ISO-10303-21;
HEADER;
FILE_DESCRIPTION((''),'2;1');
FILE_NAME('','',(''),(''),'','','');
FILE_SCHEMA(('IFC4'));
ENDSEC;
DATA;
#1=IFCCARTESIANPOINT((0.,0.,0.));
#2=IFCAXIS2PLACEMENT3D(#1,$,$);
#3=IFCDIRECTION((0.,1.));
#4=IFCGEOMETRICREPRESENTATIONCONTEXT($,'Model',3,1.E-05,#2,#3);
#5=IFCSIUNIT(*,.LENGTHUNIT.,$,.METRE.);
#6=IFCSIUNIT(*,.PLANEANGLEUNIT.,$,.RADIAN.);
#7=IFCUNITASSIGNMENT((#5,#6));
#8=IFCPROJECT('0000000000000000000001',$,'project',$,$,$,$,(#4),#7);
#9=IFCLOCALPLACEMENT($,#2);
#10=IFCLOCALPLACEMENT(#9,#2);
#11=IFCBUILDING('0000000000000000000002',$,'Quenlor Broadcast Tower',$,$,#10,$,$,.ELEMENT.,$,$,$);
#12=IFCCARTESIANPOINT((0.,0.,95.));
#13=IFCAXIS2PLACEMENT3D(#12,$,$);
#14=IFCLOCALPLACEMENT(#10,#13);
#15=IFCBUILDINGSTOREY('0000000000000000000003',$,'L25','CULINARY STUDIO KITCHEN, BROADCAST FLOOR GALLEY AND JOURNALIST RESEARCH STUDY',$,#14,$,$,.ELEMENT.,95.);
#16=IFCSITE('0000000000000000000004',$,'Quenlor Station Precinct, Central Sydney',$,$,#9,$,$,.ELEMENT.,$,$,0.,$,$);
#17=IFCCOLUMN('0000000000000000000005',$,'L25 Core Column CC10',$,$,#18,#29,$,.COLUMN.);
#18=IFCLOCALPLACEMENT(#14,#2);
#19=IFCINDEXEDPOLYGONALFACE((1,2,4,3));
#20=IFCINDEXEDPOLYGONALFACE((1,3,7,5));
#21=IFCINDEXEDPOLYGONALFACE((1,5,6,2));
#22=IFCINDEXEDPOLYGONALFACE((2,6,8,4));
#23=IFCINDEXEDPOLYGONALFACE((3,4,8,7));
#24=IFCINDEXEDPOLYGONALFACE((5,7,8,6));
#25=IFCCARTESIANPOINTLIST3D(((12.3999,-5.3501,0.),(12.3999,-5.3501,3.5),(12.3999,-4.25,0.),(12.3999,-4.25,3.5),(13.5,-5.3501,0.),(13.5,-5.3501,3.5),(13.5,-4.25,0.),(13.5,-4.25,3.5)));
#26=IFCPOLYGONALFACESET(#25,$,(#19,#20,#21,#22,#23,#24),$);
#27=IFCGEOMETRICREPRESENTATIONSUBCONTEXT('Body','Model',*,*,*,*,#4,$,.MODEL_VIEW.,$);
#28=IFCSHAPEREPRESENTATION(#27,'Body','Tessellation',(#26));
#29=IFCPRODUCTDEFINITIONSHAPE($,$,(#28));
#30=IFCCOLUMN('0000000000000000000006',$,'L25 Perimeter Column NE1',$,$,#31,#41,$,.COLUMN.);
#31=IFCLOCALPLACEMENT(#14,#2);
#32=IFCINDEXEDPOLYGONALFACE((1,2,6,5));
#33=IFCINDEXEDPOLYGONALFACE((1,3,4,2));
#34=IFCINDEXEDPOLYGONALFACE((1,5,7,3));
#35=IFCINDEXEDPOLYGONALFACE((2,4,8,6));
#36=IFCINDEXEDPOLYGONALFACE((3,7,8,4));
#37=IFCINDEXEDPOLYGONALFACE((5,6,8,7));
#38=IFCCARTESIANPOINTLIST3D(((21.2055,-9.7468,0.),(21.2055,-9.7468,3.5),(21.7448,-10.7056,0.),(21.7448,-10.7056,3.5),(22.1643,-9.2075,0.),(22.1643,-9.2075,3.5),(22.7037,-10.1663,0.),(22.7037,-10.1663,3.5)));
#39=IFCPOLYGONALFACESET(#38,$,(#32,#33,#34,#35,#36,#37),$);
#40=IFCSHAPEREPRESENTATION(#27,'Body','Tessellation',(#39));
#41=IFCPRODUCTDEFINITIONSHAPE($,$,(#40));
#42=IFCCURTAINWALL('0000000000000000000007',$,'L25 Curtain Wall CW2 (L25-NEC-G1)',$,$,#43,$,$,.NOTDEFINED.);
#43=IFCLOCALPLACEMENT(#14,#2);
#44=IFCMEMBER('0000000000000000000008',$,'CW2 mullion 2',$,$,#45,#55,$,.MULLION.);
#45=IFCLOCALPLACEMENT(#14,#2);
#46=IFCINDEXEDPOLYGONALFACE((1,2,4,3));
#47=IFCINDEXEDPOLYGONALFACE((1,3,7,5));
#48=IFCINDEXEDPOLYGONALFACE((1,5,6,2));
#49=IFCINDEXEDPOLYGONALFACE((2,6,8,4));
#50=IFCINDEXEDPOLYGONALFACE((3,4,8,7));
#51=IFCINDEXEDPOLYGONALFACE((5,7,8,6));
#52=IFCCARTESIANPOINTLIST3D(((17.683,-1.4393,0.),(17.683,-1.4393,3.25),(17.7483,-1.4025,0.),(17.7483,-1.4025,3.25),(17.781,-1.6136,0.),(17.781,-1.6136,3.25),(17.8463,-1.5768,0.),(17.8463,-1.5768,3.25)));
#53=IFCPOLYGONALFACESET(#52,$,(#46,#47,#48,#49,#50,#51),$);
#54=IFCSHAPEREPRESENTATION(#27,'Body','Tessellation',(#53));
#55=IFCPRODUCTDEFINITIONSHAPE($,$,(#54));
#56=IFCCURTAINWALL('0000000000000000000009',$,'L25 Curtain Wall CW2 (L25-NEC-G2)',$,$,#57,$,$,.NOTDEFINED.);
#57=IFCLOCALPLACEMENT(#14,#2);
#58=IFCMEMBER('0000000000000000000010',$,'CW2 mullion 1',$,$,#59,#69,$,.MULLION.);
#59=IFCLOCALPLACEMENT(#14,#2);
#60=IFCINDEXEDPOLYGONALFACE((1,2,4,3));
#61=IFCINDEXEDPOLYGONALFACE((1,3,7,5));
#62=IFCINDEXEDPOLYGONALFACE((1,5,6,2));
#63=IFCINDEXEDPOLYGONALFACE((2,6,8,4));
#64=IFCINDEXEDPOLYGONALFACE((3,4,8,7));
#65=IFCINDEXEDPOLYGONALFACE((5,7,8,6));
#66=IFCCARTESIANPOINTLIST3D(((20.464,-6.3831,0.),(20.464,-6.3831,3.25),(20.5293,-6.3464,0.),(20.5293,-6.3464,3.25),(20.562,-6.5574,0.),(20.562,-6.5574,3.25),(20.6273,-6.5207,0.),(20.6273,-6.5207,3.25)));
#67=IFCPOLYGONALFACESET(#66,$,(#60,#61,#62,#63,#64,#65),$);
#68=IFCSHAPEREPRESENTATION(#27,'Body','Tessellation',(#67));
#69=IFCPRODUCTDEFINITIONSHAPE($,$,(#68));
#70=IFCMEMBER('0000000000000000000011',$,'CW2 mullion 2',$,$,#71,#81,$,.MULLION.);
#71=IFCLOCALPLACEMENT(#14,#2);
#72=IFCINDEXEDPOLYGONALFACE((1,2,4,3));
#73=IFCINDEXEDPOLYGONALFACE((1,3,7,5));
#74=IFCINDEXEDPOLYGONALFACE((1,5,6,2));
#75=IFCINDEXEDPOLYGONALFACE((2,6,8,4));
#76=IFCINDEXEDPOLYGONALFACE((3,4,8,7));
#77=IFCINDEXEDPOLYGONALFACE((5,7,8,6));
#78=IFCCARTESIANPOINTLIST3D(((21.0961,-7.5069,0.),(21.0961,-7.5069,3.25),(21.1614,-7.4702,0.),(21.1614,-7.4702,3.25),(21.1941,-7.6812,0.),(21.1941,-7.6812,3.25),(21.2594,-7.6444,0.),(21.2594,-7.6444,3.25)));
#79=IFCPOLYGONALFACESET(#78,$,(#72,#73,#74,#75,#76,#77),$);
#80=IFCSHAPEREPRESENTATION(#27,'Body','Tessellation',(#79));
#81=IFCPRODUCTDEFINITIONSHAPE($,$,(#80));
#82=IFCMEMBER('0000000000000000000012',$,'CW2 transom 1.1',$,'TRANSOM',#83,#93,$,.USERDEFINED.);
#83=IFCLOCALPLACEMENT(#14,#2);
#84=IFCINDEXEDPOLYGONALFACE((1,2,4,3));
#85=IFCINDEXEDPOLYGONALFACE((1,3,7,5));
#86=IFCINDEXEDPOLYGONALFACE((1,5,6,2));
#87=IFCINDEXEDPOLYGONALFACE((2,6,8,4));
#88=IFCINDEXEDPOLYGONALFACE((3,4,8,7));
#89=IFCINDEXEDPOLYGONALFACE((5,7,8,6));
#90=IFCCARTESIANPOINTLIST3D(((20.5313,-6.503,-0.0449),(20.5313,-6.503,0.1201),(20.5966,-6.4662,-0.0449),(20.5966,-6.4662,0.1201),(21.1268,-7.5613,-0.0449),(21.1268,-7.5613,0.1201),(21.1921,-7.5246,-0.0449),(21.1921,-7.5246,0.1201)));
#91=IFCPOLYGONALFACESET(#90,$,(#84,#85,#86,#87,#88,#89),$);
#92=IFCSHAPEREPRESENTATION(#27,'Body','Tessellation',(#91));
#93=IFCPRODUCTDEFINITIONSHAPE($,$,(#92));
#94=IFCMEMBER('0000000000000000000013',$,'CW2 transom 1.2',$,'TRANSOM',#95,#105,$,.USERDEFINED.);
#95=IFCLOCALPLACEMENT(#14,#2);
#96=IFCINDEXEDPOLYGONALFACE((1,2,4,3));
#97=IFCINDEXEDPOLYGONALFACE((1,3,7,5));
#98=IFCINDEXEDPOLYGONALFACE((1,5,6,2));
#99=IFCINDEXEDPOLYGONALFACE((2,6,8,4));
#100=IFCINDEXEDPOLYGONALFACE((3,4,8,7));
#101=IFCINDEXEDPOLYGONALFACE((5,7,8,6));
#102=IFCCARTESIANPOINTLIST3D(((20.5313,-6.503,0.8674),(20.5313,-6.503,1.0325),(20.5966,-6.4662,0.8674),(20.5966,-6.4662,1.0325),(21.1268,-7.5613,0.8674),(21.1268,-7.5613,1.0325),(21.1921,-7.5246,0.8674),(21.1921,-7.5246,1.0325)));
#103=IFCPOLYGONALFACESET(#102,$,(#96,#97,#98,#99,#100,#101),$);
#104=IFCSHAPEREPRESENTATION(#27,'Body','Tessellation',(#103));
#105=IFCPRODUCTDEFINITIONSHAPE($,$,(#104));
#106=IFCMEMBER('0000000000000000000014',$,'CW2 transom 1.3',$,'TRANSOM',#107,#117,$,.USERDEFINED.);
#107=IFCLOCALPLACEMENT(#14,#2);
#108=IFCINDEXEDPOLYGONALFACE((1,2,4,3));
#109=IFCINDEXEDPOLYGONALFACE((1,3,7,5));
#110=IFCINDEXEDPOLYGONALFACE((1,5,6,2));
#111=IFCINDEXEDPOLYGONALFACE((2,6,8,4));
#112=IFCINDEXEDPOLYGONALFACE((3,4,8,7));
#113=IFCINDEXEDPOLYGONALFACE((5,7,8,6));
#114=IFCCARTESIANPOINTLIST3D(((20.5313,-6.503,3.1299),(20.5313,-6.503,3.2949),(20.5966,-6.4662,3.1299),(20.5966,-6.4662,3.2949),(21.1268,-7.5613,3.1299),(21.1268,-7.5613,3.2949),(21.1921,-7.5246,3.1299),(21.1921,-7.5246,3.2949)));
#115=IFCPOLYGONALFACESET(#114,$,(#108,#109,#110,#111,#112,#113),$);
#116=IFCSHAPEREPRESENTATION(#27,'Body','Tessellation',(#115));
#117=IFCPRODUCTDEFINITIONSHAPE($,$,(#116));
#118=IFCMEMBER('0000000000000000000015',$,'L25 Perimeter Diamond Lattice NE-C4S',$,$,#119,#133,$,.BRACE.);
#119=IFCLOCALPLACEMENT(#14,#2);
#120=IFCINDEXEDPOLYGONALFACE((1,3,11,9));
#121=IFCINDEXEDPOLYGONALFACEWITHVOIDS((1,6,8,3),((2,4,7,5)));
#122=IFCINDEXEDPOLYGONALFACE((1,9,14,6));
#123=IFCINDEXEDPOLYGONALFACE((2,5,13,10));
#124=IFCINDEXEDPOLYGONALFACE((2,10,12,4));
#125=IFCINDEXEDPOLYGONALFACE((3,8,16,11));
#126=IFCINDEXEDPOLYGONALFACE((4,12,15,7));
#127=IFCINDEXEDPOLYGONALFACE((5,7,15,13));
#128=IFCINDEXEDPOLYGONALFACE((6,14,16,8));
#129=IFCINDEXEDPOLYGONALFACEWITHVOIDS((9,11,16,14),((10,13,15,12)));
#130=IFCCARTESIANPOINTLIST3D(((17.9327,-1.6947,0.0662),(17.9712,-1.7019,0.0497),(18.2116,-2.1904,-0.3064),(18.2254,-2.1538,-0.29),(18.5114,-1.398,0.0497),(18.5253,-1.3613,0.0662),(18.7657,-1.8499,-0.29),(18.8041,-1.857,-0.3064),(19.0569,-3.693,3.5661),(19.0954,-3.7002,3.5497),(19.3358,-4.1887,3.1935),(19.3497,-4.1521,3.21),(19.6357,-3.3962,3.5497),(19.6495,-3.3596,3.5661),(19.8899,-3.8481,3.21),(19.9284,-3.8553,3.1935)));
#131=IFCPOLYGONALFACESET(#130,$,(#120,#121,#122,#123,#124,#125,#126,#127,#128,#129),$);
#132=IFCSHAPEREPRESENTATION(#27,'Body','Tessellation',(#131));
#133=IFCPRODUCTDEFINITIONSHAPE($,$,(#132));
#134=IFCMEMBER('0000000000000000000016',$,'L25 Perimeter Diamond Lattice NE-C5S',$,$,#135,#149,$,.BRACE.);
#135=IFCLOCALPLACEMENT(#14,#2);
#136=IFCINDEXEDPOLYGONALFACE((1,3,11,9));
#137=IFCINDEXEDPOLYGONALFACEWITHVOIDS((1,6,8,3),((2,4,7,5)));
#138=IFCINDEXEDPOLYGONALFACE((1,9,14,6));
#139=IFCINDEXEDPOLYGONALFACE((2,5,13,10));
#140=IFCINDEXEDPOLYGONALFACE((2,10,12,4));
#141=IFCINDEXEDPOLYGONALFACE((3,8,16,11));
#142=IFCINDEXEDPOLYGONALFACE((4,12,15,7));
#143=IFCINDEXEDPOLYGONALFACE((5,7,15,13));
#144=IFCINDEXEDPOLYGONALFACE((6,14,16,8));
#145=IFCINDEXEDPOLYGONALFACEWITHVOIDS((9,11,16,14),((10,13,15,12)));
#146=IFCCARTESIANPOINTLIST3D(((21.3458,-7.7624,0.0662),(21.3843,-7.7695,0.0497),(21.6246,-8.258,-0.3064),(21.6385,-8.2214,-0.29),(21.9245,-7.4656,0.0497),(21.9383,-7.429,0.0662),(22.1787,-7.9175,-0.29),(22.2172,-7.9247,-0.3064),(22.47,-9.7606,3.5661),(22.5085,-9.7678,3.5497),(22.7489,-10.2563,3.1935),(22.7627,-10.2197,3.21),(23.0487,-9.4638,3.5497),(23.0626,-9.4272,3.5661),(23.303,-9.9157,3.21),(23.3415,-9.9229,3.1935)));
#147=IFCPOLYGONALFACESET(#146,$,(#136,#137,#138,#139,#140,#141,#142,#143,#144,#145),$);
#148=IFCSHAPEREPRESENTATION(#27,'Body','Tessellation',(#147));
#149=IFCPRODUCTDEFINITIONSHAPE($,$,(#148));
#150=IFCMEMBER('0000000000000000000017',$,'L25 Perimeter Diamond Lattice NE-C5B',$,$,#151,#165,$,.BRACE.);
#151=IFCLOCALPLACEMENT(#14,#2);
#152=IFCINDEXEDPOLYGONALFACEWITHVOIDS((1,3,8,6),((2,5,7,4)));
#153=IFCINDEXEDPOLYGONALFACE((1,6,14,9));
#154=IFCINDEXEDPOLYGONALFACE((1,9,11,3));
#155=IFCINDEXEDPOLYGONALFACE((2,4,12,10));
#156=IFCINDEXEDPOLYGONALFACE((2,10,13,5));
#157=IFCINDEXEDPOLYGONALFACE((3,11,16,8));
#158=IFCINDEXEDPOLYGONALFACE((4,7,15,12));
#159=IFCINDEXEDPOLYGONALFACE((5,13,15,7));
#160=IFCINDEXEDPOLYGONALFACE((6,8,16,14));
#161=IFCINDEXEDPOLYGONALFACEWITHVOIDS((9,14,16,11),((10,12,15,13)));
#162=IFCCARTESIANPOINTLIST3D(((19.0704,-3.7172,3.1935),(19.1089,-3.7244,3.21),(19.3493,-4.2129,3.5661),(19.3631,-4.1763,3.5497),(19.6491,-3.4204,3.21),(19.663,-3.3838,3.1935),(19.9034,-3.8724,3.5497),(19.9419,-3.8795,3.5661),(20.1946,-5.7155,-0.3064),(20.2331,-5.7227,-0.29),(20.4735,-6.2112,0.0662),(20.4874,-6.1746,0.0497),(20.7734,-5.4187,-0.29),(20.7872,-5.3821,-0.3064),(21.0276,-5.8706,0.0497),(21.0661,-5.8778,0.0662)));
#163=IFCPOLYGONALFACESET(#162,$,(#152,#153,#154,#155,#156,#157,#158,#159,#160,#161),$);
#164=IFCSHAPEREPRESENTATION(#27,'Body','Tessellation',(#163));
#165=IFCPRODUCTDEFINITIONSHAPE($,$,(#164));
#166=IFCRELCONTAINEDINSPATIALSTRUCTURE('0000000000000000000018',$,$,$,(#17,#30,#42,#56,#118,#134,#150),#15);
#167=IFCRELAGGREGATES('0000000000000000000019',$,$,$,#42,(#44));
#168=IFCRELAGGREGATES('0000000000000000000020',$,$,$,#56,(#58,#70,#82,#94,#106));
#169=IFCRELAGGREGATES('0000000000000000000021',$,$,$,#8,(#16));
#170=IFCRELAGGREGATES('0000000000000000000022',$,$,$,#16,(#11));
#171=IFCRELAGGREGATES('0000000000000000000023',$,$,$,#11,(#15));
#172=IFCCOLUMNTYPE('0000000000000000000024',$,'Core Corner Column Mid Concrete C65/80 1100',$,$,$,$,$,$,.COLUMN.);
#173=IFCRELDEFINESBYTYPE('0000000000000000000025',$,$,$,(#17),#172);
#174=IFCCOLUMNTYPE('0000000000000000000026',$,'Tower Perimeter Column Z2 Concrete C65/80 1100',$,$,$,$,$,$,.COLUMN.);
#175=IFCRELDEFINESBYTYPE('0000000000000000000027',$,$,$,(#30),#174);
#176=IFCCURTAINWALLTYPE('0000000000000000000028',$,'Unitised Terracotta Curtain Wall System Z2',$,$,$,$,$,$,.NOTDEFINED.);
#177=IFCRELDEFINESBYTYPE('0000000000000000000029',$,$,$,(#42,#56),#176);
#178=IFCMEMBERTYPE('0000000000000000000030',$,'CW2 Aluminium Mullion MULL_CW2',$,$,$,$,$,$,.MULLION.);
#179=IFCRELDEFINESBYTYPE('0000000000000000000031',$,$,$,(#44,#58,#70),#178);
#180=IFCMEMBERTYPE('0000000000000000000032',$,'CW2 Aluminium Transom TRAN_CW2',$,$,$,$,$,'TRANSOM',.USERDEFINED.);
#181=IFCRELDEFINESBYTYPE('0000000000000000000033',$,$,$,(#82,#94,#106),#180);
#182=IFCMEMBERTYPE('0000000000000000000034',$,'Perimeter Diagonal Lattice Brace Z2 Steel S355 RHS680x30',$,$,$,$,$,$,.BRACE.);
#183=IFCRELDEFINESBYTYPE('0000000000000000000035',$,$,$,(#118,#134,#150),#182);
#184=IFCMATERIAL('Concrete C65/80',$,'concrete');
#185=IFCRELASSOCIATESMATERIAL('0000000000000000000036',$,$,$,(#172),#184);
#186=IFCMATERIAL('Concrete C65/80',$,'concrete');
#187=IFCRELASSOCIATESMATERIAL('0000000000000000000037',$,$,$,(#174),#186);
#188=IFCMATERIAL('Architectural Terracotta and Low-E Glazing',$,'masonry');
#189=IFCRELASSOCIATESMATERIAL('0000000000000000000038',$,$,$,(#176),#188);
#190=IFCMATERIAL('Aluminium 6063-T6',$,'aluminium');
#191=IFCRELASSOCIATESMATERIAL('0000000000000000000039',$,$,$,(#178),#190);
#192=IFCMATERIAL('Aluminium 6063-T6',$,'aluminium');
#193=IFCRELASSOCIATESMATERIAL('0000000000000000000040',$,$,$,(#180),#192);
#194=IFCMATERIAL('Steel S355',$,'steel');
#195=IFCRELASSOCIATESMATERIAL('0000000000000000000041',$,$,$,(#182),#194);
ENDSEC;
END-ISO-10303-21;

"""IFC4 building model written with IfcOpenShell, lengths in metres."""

from ifc_helpers import new_model, si_unit, direction, frame, origin, origin_2d, place, context, subcontext, project, spatial, rectangle, hollow_rectangle, extrude, material, material_profile, profile_set, type_object, element, aggregate, save


model = new_model("IFC4")

# Units and contexts
model_context = context("Model", 3, precision=1e-05, world=origin(), true_north=direction((0.0, 1.0)))
body_context = subcontext(model_context, "Body", "Model", "MODEL_VIEW")
ifc_project = project(units=[si_unit("LENGTHUNIT", "METRE"), si_unit("PLANEANGLEUNIT", "RADIAN")], contexts=[model_context])

# Site, building, storey
site_placement = place(None, origin())
site = spatial("IfcSite", under=ifc_project, at=site_placement, Name="Quenlor Station Precinct, Central Sydney", CompositionType="ELEMENT", RefElevation=0.0)
building_placement = place(site_placement, origin())
building = spatial("IfcBuilding", under=site, at=building_placement, Name="Quenlor Broadcast Tower", CompositionType="ELEMENT")
storey_placement = place(building_placement, frame((0.0, 0.0, 95.0)))
storey = spatial("IfcBuildingStorey", under=building, at=storey_placement, Name="L25", Description="CULINARY STUDIO KITCHEN, BROADCAST FLOOR GALLEY AND JOURNALIST RESEARCH STUDY", CompositionType="ELEMENT", Elevation=95.0)

# Columns
ifc_material_1 = material(Name="Concrete C65/80", Category="concrete")
ifc_material_profile_1 = material_profile(ifc_material_1, rectangle(XDim=1.1001, YDim=1.1001, at=origin_2d()))
ifc_profile_set_1 = profile_set([ifc_material_profile_1], Name="Concrete C65/80 RC1100x1100")
column_type_1 = type_object("IfcColumnType", Name="Core Corner Column Mid Concrete C65/80 1100", PredefinedType="COLUMN", material=ifc_profile_set_1)
column_1_placement = place(storey_placement, frame((12.95, -4.8, 0.0), z_axis=(0.0, 0.0, 1.0), x_axis=(1.0, 0.0, 0.0)))
element("IfcColumn", 1, at=column_1_placement, inside=storey, type_object=column_type_1, Name="L25 Core Column CC10", PredefinedType="COLUMN", context=body_context, shape_type="SweptSolid", body=[
    extrude(rectangle(XDim=1.1001, YDim=1.1001, at=origin_2d()), origin(), (0.0, 0.0, 1.0), 3.5),
])
ifc_material_2 = material(Name="Concrete C65/80", Category="concrete")
ifc_material_profile_2 = material_profile(ifc_material_2, rectangle(XDim=1.1001, YDim=1.1001, at=origin_2d()))
ifc_profile_set_2 = profile_set([ifc_material_profile_2], Name="Concrete C65/80 RC1100x1100")
column_type_2 = type_object("IfcColumnType", Name="Tower Perimeter Column Z2 Concrete C65/80 1100", PredefinedType="COLUMN", material=ifc_profile_set_2)
column_2_placement = place(storey_placement, frame((21.9546, -9.9565, 0.0), z_axis=(0.0, 0.0, 1.0), x_axis=(0.871575, 0.490262, 0.0)))
element("IfcColumn", 2, at=column_2_placement, inside=storey, type_object=column_type_2, Name="L25 Perimeter Column NE1", PredefinedType="COLUMN", context=body_context, shape_type="SweptSolid", body=[
    extrude(rectangle(XDim=1.1001, YDim=1.1001, at=origin_2d()), origin(), (0.0, 0.0, 1.0), 3.5),
])

# Curtain wall, member
ifc_material_3 = material(Name="Architectural Terracotta and Low-E Glazing", Category="masonry")
curtain_wall_type = type_object("IfcCurtainWallType", Name="Unitised Terracotta Curtain Wall System Z2", PredefinedType="NOTDEFINED", material=ifc_material_3)
curtain_wall_1_placement = place(storey_placement, origin())
curtain_wall_1 = element("IfcCurtainWall", 3, at=curtain_wall_1_placement, inside=storey, type_object=curtain_wall_type, Name="L25 Curtain Wall CW2 (L25-NEC-G1)", PredefinedType="NOTDEFINED")
ifc_material_4 = material(Name="Aluminium 6063-T6", Category="aluminium")
ifc_material_profile_3 = material_profile(ifc_material_4, rectangle(XDim=0.075, YDim=0.2, at=origin_2d()))
ifc_profile_set_3 = profile_set([ifc_material_profile_3], Name="Aluminium 6063-T6 MULL75x200")
member_type_1 = type_object("IfcMemberType", Name="CW2 Aluminium Mullion MULL_CW2", PredefinedType="MULLION", material=ifc_profile_set_3)
member_1_placement = place(storey_placement, frame((17.7646, -1.5081, 0.0), z_axis=(0.0, 0.0, 1.0), x_axis=(0.871581, 0.490252, 0.0)))
member_1 = element("IfcMember", 4, at=member_1_placement, type_object=member_type_1, Name="CW2 mullion 2", PredefinedType="MULLION", context=body_context, shape_type="SweptSolid", body=[
    extrude(rectangle(XDim=0.075, YDim=0.2, at=origin_2d()), origin(), (0.0, 0.0, 1.0), 3.25),
])
aggregate(curtain_wall_1, [member_1])

# Curtain wall, members
curtain_wall_2_placement = place(storey_placement, origin())
curtain_wall_2 = element("IfcCurtainWall", 5, at=curtain_wall_2_placement, inside=storey, type_object=curtain_wall_type, Name="L25 Curtain Wall CW2 (L25-NEC-G2)", PredefinedType="NOTDEFINED")
member_2_placement = place(storey_placement, frame((20.5457, -6.4519, 0.0), z_axis=(0.0, 0.0, 1.0), x_axis=(0.871566, 0.490279, 0.0)))
member_2 = element("IfcMember", 6, at=member_2_placement, type_object=member_type_1, Name="CW2 mullion 1", PredefinedType="MULLION", context=body_context, shape_type="SweptSolid", body=[
    extrude(rectangle(XDim=0.075, YDim=0.2, at=origin_2d()), origin(), (0.0, 0.0, 1.0), 3.25),
])
member_3_placement = place(storey_placement, frame((21.1777, -7.5757, 0.0), z_axis=(0.0, 0.0, 1.0), x_axis=(0.871566, 0.490279, 0.0)))
member_3 = element("IfcMember", 7, at=member_3_placement, type_object=member_type_1, Name="CW2 mullion 2", PredefinedType="MULLION", context=body_context, shape_type="SweptSolid", body=[
    extrude(rectangle(XDim=0.075, YDim=0.2, at=origin_2d()), origin(), (0.0, 0.0, 1.0), 3.25),
])
ifc_material_5 = material(Name="Aluminium 6063-T6", Category="aluminium")
ifc_material_profile_4 = material_profile(ifc_material_5, rectangle(XDim=0.075, YDim=0.165, at=origin_2d()))
ifc_profile_set_4 = profile_set([ifc_material_profile_4], Name="Aluminium 6063-T6 TRAN75x165")
member_type_2 = type_object("IfcMemberType", Name="CW2 Aluminium Transom TRAN_CW2", ElementType="TRANSOM", PredefinedType="USERDEFINED", material=ifc_profile_set_4)
member_4_placement = place(storey_placement, frame((20.564, -6.4846, 0.0376), z_axis=(0.490347, -0.871527, 0.0), x_axis=(0.871527, 0.490347, 0.0)))
member_4 = element("IfcMember", 8, at=member_4_placement, type_object=member_type_2, Name="CW2 transom 1.1", ObjectType="TRANSOM", PredefinedType="USERDEFINED", context=body_context, shape_type="SweptSolid", body=[
    extrude(rectangle(XDim=0.075, YDim=0.165, at=origin_2d()), origin(), (0.0, 0.0, 1.0), 1.2144),
])
member_5_placement = place(storey_placement, frame((20.564, -6.4846, 0.95), z_axis=(0.490347, -0.871527, 0.0), x_axis=(0.871527, 0.490347, 0.0)))
member_5 = element("IfcMember", 9, at=member_5_placement, type_object=member_type_2, Name="CW2 transom 1.2", ObjectType="TRANSOM", PredefinedType="USERDEFINED", context=body_context, shape_type="SweptSolid", body=[
    extrude(rectangle(XDim=0.075, YDim=0.165, at=origin_2d()), origin(), (0.0, 0.0, 1.0), 1.2144),
])
member_6_placement = place(storey_placement, frame((20.564, -6.4846, 3.2124), z_axis=(0.490347, -0.871527, 0.0), x_axis=(0.871527, 0.490347, 0.0)))
member_6 = element("IfcMember", 10, at=member_6_placement, type_object=member_type_2, Name="CW2 transom 1.3", ObjectType="TRANSOM", PredefinedType="USERDEFINED", context=body_context, shape_type="SweptSolid", body=[
    extrude(rectangle(XDim=0.075, YDim=0.165, at=origin_2d()), origin(), (0.0, 0.0, 1.0), 1.2144),
])

# Members
ifc_material_6 = material(Name="Steel S355", Category="steel")
ifc_material_profile_5 = material_profile(ifc_material_6, hollow_rectangle(XDim=0.6799, YDim=0.6799, WallThickness=0.03, at=origin_2d()))
ifc_profile_set_5 = profile_set([ifc_material_profile_5], Name="Steel S355 RHS680x680x30")
member_type_3 = type_object("IfcMemberType", Name="Perimeter Diagonal Lattice Brace Z2 Steel S355 RHS680x30", PredefinedType="BRACE", material=ifc_profile_set_5)
for number, where, z_axis, x_axis, name in (
    (11, (18.3684, -1.7759, -0.1201), (0.268697, -0.477585, 0.836489), (0.871533, 0.490337, 0.0), "L25 Perimeter Diamond Lattice NE-C4S"),
    (12, (21.7815, -7.8435, -0.1201), (0.268697, -0.477585, 0.836489), (0.871533, 0.490337, 0.0), "L25 Perimeter Diamond Lattice NE-C5S"),
    (13, (20.6304, -5.7966, -0.1201), (-0.268697, 0.477585, 0.836489), (-0.871533, -0.490337, 0.0), "L25 Perimeter Diamond Lattice NE-C5B"),
):
    element("IfcMember", number, at=place(storey_placement, frame(where, z_axis=z_axis, x_axis=x_axis)), inside=storey, type_object=member_type_3, Name=name, PredefinedType="BRACE", context=body_context, shape_type="SweptSolid", body=[
        extrude(hollow_rectangle(XDim=0.6799, YDim=0.6799, WallThickness=0.03, at=origin_2d()), origin(), (0.0, 0.0, 1.0), 4.1841),
    ])

aggregate(curtain_wall_2, [member_2, member_3, member_4, member_5, member_6])

save(model, "model.ifc")
